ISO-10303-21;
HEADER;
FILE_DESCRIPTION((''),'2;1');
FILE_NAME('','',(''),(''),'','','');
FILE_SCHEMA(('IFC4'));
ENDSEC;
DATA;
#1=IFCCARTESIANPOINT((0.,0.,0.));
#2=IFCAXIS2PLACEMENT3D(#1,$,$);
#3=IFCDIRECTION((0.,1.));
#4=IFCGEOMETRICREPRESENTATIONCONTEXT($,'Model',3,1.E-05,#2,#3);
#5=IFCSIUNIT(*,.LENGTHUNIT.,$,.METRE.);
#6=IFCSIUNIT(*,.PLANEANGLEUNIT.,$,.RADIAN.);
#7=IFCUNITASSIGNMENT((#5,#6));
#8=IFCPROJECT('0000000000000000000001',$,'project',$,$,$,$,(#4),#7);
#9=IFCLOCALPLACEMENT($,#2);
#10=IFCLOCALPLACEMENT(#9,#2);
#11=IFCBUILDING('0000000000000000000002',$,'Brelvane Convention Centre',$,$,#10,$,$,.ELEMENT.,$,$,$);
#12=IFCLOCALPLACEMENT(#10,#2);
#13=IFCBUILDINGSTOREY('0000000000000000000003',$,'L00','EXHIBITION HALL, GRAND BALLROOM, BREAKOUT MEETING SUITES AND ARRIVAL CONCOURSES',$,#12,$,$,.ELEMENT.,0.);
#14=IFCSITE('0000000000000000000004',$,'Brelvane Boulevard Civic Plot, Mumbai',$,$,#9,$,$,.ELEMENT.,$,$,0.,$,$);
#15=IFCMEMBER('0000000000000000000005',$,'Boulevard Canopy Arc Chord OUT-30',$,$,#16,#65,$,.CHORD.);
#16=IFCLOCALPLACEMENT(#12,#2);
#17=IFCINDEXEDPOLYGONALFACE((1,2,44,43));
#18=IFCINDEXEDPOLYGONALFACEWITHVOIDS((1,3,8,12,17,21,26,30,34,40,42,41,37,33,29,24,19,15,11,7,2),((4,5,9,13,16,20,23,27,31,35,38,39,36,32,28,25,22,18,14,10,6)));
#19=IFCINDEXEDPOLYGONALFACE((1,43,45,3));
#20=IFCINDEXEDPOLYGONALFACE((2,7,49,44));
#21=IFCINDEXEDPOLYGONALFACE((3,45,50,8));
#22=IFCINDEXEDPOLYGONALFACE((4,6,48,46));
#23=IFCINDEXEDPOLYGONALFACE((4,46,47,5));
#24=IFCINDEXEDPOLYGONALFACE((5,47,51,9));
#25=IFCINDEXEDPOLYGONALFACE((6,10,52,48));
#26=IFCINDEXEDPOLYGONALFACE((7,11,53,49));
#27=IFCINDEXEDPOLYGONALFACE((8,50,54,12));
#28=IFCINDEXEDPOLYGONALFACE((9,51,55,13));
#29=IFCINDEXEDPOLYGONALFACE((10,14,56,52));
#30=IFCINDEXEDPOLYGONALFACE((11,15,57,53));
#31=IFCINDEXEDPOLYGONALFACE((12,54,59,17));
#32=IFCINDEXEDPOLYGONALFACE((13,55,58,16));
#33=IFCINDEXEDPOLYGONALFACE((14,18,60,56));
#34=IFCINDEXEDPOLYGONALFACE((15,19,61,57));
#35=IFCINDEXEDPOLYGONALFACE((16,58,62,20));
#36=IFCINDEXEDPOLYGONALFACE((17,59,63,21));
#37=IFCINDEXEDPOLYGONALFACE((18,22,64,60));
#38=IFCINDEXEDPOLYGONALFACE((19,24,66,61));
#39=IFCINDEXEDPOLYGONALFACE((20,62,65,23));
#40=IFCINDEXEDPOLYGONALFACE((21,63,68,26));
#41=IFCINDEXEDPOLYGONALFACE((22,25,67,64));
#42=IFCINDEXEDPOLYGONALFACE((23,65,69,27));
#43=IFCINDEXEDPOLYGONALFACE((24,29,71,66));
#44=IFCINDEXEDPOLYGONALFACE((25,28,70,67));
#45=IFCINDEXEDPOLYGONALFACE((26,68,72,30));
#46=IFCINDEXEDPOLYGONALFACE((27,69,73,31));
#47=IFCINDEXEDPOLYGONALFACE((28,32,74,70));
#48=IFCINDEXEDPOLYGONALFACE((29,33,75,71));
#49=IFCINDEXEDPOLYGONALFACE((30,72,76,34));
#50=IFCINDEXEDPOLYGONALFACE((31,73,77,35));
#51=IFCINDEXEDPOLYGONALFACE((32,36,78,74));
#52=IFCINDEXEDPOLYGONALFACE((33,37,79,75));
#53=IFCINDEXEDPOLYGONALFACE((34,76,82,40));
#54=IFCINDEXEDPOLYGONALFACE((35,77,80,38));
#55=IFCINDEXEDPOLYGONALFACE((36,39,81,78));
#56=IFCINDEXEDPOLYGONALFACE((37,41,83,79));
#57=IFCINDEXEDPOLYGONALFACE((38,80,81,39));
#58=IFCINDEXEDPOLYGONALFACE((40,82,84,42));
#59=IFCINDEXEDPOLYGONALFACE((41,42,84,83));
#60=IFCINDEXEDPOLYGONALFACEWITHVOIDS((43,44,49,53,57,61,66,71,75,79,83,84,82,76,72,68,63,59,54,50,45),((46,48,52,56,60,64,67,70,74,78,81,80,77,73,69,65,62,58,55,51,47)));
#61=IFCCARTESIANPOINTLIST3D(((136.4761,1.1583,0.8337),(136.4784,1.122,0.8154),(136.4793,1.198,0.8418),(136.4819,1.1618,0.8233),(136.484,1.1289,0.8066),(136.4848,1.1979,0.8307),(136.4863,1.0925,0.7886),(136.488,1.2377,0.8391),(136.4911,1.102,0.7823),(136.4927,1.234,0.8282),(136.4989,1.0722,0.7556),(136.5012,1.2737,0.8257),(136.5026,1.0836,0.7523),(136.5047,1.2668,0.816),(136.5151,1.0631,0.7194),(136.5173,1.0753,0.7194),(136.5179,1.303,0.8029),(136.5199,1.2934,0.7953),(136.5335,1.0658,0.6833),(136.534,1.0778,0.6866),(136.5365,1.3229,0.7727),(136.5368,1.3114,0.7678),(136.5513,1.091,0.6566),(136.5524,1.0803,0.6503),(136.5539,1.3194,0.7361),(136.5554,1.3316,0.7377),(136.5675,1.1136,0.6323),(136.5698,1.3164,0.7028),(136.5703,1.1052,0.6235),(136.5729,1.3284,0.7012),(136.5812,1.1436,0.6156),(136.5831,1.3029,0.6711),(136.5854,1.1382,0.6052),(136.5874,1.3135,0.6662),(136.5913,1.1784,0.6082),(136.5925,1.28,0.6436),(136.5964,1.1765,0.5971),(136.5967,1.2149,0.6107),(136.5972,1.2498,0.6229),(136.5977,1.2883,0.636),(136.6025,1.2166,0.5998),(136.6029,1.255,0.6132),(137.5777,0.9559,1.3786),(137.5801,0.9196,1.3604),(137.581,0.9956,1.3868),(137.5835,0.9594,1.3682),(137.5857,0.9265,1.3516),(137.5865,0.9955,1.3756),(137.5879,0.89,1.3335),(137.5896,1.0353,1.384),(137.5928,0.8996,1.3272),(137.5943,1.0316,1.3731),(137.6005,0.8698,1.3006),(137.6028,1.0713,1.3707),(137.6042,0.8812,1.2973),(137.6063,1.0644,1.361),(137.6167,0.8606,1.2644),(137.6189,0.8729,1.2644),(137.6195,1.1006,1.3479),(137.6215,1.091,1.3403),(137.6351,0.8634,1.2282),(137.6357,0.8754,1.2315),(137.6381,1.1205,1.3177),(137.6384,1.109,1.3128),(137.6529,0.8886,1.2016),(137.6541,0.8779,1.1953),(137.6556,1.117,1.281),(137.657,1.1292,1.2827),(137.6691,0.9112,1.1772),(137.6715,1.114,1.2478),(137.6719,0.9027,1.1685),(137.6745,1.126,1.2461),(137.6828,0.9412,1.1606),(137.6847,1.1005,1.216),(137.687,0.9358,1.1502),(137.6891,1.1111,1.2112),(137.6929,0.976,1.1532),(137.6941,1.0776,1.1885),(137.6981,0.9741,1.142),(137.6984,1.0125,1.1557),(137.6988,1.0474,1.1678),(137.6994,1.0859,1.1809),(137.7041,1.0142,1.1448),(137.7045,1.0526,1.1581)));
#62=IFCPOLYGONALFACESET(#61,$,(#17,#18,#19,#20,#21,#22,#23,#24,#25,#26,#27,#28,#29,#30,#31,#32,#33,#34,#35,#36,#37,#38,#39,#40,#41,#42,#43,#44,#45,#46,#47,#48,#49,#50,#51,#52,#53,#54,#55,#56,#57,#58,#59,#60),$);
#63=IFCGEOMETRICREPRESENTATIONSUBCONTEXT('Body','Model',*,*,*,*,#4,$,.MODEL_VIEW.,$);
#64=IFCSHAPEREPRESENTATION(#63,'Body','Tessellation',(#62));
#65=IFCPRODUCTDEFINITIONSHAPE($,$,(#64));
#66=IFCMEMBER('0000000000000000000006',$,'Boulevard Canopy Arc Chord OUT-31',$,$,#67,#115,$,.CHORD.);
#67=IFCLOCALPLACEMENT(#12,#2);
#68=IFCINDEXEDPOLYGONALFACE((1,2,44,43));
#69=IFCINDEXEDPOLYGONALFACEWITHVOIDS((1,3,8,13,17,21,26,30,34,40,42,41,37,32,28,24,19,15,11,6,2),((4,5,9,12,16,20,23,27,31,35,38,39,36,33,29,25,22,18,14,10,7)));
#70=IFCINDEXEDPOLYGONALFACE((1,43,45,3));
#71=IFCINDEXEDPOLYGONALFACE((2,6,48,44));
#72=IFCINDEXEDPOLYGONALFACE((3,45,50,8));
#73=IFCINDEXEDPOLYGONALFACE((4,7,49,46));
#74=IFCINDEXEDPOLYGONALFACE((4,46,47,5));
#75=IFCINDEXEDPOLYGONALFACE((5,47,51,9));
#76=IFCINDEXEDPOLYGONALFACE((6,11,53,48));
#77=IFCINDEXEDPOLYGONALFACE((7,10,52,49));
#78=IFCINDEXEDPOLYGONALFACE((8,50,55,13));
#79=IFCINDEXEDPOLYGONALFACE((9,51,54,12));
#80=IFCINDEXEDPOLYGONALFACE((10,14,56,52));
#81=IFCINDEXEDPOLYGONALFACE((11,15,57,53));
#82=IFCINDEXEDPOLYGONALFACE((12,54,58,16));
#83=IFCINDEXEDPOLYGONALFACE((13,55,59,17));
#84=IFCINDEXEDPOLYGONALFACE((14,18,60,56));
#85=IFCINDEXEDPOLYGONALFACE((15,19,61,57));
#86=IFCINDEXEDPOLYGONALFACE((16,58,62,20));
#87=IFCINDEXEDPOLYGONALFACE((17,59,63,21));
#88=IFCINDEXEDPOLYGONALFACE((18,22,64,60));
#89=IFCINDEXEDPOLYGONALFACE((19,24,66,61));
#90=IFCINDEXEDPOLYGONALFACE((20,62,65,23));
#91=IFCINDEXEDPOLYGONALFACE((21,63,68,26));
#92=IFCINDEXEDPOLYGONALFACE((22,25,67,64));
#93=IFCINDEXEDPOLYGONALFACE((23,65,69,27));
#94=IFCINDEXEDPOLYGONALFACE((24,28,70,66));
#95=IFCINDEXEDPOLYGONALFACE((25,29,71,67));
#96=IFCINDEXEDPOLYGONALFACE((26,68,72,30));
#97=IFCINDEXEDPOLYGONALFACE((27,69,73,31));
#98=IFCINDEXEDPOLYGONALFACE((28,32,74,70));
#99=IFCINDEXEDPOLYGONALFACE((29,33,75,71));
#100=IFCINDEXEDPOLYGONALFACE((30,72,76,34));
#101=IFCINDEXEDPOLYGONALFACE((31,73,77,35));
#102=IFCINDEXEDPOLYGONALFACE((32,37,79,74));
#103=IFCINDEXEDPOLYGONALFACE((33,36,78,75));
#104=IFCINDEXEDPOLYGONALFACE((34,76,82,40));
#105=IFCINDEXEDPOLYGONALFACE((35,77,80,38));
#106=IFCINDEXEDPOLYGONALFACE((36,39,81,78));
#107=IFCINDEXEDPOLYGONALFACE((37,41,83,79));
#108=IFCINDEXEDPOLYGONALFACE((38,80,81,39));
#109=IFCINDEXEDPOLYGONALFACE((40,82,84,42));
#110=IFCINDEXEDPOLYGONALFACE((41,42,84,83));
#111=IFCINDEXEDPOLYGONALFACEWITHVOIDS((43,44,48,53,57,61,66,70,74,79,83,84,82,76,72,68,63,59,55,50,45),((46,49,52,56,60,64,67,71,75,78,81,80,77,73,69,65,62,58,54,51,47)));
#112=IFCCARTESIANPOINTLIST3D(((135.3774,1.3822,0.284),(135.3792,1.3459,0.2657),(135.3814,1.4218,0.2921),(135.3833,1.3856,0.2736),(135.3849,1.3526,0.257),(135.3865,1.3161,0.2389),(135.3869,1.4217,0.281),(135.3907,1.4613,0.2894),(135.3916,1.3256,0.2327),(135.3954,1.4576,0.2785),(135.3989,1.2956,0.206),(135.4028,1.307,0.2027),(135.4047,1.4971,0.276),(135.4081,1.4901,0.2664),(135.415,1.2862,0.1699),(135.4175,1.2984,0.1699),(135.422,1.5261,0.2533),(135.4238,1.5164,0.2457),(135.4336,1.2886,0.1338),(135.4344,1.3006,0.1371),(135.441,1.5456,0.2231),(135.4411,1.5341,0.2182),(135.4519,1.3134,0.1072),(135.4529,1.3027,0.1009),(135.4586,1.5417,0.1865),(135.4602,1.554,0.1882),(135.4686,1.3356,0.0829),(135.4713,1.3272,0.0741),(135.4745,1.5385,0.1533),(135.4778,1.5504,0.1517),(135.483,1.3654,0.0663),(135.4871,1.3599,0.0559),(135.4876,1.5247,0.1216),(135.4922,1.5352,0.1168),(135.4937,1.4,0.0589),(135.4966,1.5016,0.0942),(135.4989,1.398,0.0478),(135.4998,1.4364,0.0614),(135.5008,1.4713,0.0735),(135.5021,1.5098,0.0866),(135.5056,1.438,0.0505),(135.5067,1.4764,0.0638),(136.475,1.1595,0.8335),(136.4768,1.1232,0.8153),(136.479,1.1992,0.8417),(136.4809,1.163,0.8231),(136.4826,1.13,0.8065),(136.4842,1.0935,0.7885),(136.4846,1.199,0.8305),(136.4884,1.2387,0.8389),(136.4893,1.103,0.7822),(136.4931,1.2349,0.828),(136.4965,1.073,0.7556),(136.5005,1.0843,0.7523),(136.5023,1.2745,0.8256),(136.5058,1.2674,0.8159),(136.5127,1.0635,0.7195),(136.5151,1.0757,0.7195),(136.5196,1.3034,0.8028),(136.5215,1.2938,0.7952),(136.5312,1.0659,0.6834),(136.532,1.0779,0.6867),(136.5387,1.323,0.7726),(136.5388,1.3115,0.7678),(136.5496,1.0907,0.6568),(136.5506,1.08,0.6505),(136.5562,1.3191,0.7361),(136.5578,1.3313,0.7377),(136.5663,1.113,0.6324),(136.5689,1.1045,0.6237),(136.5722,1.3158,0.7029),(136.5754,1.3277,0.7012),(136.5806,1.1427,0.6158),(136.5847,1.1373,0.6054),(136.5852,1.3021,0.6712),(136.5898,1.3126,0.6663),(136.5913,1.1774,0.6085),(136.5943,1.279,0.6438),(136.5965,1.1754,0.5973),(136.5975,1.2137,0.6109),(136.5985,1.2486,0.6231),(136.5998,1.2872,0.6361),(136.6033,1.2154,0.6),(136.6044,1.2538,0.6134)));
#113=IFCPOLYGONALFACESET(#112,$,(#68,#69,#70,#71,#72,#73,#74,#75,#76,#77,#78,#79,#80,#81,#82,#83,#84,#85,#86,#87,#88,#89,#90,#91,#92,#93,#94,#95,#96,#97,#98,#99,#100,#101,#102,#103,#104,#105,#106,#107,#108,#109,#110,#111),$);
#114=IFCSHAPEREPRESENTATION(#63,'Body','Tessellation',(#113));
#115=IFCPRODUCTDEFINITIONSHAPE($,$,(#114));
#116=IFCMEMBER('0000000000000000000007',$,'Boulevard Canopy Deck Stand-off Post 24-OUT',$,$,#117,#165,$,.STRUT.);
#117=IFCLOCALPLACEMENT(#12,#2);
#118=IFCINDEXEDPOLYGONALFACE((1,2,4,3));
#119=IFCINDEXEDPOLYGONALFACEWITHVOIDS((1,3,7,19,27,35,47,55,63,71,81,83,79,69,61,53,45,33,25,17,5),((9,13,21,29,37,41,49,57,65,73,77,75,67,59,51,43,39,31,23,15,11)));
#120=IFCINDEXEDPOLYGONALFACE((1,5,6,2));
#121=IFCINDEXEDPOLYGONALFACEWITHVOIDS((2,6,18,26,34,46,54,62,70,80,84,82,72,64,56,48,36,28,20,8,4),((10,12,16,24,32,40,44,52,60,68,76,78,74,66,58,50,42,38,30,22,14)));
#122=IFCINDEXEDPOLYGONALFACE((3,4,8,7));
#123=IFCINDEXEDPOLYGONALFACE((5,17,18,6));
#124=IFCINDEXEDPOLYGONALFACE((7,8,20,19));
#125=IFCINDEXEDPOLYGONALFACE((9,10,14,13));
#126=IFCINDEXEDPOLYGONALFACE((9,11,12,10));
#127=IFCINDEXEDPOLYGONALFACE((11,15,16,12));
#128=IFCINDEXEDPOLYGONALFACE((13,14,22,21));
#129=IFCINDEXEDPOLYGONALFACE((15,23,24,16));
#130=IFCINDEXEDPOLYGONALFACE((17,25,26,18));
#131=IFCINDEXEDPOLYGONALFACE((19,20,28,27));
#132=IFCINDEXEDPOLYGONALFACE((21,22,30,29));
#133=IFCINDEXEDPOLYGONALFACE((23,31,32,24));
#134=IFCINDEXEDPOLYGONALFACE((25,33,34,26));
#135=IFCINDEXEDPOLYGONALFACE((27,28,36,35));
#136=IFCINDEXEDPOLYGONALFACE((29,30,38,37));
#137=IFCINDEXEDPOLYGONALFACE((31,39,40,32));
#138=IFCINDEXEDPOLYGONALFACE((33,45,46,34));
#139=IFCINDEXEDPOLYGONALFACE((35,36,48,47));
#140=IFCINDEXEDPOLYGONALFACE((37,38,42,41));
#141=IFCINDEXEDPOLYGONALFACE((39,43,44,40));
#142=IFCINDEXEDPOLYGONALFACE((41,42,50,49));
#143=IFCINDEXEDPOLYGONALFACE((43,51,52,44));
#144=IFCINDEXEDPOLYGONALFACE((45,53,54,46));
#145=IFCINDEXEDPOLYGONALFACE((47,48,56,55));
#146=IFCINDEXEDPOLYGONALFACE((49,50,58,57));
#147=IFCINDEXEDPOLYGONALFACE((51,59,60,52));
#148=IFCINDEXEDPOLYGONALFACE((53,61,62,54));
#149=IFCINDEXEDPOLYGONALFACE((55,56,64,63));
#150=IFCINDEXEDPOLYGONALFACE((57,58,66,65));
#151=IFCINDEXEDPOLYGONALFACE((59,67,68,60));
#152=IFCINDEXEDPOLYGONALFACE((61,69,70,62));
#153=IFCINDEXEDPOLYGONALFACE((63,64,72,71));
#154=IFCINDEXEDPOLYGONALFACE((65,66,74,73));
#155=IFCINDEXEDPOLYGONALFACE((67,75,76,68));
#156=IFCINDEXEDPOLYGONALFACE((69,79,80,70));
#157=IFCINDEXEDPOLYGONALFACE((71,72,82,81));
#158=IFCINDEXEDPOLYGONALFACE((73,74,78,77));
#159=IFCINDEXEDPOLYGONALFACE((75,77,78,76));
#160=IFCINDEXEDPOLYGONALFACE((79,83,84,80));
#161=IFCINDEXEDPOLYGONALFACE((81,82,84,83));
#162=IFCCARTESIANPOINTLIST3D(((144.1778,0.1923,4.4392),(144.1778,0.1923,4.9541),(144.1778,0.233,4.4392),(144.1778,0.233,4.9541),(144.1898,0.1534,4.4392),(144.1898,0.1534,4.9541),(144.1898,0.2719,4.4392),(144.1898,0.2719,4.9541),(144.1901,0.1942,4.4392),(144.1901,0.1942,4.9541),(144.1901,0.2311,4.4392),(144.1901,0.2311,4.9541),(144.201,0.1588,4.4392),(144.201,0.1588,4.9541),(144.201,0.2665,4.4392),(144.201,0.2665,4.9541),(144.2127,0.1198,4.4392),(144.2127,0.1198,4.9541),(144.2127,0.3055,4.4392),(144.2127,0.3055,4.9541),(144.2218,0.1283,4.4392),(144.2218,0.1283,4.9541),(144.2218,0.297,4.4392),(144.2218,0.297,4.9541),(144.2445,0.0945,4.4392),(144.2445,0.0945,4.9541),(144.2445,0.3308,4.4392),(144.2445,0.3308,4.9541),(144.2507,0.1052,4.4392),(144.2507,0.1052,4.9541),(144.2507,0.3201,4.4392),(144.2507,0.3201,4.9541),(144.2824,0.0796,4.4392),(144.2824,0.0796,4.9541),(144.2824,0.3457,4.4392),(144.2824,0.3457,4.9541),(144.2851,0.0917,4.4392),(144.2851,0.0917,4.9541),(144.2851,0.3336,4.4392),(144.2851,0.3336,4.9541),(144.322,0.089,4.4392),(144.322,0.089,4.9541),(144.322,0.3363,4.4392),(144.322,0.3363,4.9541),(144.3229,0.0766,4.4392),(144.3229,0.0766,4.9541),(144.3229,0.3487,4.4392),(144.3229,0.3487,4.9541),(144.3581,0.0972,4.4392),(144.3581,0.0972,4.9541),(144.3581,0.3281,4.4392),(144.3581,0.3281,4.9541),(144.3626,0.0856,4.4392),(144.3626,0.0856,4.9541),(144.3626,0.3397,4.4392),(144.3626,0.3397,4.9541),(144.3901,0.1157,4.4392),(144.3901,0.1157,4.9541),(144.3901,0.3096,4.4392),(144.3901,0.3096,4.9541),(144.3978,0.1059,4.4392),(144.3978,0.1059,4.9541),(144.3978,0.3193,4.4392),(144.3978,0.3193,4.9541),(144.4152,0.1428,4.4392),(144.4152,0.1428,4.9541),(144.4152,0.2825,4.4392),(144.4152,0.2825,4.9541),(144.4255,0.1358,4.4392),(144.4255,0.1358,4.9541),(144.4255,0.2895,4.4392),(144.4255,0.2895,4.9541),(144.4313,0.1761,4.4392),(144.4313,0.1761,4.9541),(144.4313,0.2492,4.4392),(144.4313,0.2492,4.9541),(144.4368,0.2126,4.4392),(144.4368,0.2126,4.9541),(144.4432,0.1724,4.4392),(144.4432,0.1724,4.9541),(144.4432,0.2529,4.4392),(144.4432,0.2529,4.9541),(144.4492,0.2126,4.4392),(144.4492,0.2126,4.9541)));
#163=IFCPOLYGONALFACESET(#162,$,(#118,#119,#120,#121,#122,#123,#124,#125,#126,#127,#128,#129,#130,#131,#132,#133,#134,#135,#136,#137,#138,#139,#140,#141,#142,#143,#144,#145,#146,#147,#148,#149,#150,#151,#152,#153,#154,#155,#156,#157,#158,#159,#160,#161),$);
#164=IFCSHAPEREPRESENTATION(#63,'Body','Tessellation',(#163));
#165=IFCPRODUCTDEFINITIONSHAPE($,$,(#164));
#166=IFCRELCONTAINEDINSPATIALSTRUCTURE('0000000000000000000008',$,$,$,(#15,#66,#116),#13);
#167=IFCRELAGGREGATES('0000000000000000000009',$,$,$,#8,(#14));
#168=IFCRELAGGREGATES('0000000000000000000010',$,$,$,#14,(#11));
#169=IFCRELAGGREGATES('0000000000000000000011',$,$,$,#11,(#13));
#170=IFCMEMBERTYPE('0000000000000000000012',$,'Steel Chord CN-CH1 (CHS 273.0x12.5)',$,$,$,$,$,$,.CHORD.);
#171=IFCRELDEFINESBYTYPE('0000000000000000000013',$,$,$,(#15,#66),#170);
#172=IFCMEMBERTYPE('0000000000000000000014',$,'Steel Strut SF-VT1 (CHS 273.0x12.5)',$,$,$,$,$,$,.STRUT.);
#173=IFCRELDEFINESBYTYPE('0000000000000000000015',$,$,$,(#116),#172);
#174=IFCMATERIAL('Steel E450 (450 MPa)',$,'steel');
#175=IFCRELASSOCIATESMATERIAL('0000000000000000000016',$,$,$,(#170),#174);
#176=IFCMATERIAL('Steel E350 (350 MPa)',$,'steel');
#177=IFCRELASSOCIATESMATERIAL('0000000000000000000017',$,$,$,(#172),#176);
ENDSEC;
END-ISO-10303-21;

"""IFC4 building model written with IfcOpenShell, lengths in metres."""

from ifc_helpers import new_model, si_unit, direction, frame, origin, origin_2d, place, context, subcontext, project, spatial, hollow_circle, extrude, material, material_profile, profile_set, type_object, element, save


model = new_model("IFC4")

# Units and contexts
model_context = context("Model", 3, precision=1e-05, world=origin(), true_north=direction((0.0, 1.0)))
body_context = subcontext(model_context, "Body", "Model", "MODEL_VIEW")
ifc_project = project(units=[si_unit("LENGTHUNIT", "METRE"), si_unit("PLANEANGLEUNIT", "RADIAN")], contexts=[model_context])

# Site, building, storey
site_placement = place(None, origin())
site = spatial("IfcSite", under=ifc_project, at=site_placement, Name="Brelvane Boulevard Civic Plot, Mumbai", CompositionType="ELEMENT", RefElevation=0.0)
building_placement = place(site_placement, origin())
building = spatial("IfcBuilding", under=site, at=building_placement, Name="Brelvane Convention Centre", CompositionType="ELEMENT")
storey_placement = place(building_placement, origin())
storey = spatial("IfcBuildingStorey", under=building, at=storey_placement, Name="L00", Description="EXHIBITION HALL, GRAND BALLROOM, BREAKOUT MEETING SUITES AND ARRIVAL CONCOURSES", CompositionType="ELEMENT", Elevation=0.0)

# Members
ifc_material_1 = material(Name="Steel E450 (450 MPa)", Category="steel")
ifc_material_profile_1 = material_profile(ifc_material_1, hollow_circle(Radius=0.1365, WallThickness=0.0125, at=origin_2d()), Name="CHS 273.0x12.5")
ifc_profile_set_1 = profile_set([ifc_material_profile_1], Name="Steel E450 (450 MPa)")
member_type_1 = type_object("IfcMemberType", Name="Steel Chord CN-CH1 (CHS 273.0x12.5)", PredefinedType="CHORD", material=ifc_profile_set_1)
member_1_placement = place(storey_placement, frame((137.6414, 0.9949, 1.2644), z_axis=(-0.884413, 0.162495, -0.437502), x_axis=(-0.180707, -0.983537, 0.0)))
element("IfcMember", 1, at=member_1_placement, inside=storey, type_object=member_type_1, Name="Boulevard Canopy Arc Chord OUT-30", PredefinedType="CHORD", context=body_context, shape_type="SweptSolid", body=[
    extrude(hollow_circle(Radius=0.1365, WallThickness=0.0125, at=origin_2d()), origin(), (0.0, 0.0, 1.0), 1.2456),
])
member_2_placement = place(storey_placement, frame((136.5398, 1.1973, 0.7195), z_axis=(-0.879832, 0.178471, -0.440503), x_axis=(-0.198798, -0.98004, 0.0)))
element("IfcMember", 2, at=member_2_placement, inside=storey, type_object=member_type_1, Name="Boulevard Canopy Arc Chord OUT-31", PredefinedType="CHORD", context=body_context, shape_type="SweptSolid", body=[
    extrude(hollow_circle(Radius=0.1365, WallThickness=0.0125, at=origin_2d()), origin(), (0.0, 0.0, 1.0), 1.2476),
])
ifc_material_2 = material(Name="Steel E350 (350 MPa)", Category="steel")
ifc_material_profile_2 = material_profile(ifc_material_2, hollow_circle(Radius=0.1365, WallThickness=0.0125, at=origin_2d()), Name="CHS 273.0x12.5")
ifc_profile_set_2 = profile_set([ifc_material_profile_2], Name="Steel E350 (350 MPa)")
member_type_2 = type_object("IfcMemberType", Name="Steel Strut SF-VT1 (CHS 273.0x12.5)", PredefinedType="STRUT", material=ifc_profile_set_2)
for number, where, z_axis, x_axis, name in (
    (3, (144.3127, 0.2126, 4.4392), (0.0, 0.0, 1.0), (1.0, 0.0, 0.0), "Boulevard Canopy Deck Stand-off Post 24-OUT"),
):
    element("IfcMember", number, at=place(storey_placement, frame(where, z_axis=z_axis, x_axis=x_axis)), inside=storey, type_object=member_type_2, Name=name, PredefinedType="STRUT", context=body_context, shape_type="SweptSolid", body=[
        extrude(hollow_circle(Radius=0.1365, WallThickness=0.0125, at=origin_2d()), origin(), (0.0, 0.0, 1.0), 0.5149),
    ])

save(model, "model.ifc")
